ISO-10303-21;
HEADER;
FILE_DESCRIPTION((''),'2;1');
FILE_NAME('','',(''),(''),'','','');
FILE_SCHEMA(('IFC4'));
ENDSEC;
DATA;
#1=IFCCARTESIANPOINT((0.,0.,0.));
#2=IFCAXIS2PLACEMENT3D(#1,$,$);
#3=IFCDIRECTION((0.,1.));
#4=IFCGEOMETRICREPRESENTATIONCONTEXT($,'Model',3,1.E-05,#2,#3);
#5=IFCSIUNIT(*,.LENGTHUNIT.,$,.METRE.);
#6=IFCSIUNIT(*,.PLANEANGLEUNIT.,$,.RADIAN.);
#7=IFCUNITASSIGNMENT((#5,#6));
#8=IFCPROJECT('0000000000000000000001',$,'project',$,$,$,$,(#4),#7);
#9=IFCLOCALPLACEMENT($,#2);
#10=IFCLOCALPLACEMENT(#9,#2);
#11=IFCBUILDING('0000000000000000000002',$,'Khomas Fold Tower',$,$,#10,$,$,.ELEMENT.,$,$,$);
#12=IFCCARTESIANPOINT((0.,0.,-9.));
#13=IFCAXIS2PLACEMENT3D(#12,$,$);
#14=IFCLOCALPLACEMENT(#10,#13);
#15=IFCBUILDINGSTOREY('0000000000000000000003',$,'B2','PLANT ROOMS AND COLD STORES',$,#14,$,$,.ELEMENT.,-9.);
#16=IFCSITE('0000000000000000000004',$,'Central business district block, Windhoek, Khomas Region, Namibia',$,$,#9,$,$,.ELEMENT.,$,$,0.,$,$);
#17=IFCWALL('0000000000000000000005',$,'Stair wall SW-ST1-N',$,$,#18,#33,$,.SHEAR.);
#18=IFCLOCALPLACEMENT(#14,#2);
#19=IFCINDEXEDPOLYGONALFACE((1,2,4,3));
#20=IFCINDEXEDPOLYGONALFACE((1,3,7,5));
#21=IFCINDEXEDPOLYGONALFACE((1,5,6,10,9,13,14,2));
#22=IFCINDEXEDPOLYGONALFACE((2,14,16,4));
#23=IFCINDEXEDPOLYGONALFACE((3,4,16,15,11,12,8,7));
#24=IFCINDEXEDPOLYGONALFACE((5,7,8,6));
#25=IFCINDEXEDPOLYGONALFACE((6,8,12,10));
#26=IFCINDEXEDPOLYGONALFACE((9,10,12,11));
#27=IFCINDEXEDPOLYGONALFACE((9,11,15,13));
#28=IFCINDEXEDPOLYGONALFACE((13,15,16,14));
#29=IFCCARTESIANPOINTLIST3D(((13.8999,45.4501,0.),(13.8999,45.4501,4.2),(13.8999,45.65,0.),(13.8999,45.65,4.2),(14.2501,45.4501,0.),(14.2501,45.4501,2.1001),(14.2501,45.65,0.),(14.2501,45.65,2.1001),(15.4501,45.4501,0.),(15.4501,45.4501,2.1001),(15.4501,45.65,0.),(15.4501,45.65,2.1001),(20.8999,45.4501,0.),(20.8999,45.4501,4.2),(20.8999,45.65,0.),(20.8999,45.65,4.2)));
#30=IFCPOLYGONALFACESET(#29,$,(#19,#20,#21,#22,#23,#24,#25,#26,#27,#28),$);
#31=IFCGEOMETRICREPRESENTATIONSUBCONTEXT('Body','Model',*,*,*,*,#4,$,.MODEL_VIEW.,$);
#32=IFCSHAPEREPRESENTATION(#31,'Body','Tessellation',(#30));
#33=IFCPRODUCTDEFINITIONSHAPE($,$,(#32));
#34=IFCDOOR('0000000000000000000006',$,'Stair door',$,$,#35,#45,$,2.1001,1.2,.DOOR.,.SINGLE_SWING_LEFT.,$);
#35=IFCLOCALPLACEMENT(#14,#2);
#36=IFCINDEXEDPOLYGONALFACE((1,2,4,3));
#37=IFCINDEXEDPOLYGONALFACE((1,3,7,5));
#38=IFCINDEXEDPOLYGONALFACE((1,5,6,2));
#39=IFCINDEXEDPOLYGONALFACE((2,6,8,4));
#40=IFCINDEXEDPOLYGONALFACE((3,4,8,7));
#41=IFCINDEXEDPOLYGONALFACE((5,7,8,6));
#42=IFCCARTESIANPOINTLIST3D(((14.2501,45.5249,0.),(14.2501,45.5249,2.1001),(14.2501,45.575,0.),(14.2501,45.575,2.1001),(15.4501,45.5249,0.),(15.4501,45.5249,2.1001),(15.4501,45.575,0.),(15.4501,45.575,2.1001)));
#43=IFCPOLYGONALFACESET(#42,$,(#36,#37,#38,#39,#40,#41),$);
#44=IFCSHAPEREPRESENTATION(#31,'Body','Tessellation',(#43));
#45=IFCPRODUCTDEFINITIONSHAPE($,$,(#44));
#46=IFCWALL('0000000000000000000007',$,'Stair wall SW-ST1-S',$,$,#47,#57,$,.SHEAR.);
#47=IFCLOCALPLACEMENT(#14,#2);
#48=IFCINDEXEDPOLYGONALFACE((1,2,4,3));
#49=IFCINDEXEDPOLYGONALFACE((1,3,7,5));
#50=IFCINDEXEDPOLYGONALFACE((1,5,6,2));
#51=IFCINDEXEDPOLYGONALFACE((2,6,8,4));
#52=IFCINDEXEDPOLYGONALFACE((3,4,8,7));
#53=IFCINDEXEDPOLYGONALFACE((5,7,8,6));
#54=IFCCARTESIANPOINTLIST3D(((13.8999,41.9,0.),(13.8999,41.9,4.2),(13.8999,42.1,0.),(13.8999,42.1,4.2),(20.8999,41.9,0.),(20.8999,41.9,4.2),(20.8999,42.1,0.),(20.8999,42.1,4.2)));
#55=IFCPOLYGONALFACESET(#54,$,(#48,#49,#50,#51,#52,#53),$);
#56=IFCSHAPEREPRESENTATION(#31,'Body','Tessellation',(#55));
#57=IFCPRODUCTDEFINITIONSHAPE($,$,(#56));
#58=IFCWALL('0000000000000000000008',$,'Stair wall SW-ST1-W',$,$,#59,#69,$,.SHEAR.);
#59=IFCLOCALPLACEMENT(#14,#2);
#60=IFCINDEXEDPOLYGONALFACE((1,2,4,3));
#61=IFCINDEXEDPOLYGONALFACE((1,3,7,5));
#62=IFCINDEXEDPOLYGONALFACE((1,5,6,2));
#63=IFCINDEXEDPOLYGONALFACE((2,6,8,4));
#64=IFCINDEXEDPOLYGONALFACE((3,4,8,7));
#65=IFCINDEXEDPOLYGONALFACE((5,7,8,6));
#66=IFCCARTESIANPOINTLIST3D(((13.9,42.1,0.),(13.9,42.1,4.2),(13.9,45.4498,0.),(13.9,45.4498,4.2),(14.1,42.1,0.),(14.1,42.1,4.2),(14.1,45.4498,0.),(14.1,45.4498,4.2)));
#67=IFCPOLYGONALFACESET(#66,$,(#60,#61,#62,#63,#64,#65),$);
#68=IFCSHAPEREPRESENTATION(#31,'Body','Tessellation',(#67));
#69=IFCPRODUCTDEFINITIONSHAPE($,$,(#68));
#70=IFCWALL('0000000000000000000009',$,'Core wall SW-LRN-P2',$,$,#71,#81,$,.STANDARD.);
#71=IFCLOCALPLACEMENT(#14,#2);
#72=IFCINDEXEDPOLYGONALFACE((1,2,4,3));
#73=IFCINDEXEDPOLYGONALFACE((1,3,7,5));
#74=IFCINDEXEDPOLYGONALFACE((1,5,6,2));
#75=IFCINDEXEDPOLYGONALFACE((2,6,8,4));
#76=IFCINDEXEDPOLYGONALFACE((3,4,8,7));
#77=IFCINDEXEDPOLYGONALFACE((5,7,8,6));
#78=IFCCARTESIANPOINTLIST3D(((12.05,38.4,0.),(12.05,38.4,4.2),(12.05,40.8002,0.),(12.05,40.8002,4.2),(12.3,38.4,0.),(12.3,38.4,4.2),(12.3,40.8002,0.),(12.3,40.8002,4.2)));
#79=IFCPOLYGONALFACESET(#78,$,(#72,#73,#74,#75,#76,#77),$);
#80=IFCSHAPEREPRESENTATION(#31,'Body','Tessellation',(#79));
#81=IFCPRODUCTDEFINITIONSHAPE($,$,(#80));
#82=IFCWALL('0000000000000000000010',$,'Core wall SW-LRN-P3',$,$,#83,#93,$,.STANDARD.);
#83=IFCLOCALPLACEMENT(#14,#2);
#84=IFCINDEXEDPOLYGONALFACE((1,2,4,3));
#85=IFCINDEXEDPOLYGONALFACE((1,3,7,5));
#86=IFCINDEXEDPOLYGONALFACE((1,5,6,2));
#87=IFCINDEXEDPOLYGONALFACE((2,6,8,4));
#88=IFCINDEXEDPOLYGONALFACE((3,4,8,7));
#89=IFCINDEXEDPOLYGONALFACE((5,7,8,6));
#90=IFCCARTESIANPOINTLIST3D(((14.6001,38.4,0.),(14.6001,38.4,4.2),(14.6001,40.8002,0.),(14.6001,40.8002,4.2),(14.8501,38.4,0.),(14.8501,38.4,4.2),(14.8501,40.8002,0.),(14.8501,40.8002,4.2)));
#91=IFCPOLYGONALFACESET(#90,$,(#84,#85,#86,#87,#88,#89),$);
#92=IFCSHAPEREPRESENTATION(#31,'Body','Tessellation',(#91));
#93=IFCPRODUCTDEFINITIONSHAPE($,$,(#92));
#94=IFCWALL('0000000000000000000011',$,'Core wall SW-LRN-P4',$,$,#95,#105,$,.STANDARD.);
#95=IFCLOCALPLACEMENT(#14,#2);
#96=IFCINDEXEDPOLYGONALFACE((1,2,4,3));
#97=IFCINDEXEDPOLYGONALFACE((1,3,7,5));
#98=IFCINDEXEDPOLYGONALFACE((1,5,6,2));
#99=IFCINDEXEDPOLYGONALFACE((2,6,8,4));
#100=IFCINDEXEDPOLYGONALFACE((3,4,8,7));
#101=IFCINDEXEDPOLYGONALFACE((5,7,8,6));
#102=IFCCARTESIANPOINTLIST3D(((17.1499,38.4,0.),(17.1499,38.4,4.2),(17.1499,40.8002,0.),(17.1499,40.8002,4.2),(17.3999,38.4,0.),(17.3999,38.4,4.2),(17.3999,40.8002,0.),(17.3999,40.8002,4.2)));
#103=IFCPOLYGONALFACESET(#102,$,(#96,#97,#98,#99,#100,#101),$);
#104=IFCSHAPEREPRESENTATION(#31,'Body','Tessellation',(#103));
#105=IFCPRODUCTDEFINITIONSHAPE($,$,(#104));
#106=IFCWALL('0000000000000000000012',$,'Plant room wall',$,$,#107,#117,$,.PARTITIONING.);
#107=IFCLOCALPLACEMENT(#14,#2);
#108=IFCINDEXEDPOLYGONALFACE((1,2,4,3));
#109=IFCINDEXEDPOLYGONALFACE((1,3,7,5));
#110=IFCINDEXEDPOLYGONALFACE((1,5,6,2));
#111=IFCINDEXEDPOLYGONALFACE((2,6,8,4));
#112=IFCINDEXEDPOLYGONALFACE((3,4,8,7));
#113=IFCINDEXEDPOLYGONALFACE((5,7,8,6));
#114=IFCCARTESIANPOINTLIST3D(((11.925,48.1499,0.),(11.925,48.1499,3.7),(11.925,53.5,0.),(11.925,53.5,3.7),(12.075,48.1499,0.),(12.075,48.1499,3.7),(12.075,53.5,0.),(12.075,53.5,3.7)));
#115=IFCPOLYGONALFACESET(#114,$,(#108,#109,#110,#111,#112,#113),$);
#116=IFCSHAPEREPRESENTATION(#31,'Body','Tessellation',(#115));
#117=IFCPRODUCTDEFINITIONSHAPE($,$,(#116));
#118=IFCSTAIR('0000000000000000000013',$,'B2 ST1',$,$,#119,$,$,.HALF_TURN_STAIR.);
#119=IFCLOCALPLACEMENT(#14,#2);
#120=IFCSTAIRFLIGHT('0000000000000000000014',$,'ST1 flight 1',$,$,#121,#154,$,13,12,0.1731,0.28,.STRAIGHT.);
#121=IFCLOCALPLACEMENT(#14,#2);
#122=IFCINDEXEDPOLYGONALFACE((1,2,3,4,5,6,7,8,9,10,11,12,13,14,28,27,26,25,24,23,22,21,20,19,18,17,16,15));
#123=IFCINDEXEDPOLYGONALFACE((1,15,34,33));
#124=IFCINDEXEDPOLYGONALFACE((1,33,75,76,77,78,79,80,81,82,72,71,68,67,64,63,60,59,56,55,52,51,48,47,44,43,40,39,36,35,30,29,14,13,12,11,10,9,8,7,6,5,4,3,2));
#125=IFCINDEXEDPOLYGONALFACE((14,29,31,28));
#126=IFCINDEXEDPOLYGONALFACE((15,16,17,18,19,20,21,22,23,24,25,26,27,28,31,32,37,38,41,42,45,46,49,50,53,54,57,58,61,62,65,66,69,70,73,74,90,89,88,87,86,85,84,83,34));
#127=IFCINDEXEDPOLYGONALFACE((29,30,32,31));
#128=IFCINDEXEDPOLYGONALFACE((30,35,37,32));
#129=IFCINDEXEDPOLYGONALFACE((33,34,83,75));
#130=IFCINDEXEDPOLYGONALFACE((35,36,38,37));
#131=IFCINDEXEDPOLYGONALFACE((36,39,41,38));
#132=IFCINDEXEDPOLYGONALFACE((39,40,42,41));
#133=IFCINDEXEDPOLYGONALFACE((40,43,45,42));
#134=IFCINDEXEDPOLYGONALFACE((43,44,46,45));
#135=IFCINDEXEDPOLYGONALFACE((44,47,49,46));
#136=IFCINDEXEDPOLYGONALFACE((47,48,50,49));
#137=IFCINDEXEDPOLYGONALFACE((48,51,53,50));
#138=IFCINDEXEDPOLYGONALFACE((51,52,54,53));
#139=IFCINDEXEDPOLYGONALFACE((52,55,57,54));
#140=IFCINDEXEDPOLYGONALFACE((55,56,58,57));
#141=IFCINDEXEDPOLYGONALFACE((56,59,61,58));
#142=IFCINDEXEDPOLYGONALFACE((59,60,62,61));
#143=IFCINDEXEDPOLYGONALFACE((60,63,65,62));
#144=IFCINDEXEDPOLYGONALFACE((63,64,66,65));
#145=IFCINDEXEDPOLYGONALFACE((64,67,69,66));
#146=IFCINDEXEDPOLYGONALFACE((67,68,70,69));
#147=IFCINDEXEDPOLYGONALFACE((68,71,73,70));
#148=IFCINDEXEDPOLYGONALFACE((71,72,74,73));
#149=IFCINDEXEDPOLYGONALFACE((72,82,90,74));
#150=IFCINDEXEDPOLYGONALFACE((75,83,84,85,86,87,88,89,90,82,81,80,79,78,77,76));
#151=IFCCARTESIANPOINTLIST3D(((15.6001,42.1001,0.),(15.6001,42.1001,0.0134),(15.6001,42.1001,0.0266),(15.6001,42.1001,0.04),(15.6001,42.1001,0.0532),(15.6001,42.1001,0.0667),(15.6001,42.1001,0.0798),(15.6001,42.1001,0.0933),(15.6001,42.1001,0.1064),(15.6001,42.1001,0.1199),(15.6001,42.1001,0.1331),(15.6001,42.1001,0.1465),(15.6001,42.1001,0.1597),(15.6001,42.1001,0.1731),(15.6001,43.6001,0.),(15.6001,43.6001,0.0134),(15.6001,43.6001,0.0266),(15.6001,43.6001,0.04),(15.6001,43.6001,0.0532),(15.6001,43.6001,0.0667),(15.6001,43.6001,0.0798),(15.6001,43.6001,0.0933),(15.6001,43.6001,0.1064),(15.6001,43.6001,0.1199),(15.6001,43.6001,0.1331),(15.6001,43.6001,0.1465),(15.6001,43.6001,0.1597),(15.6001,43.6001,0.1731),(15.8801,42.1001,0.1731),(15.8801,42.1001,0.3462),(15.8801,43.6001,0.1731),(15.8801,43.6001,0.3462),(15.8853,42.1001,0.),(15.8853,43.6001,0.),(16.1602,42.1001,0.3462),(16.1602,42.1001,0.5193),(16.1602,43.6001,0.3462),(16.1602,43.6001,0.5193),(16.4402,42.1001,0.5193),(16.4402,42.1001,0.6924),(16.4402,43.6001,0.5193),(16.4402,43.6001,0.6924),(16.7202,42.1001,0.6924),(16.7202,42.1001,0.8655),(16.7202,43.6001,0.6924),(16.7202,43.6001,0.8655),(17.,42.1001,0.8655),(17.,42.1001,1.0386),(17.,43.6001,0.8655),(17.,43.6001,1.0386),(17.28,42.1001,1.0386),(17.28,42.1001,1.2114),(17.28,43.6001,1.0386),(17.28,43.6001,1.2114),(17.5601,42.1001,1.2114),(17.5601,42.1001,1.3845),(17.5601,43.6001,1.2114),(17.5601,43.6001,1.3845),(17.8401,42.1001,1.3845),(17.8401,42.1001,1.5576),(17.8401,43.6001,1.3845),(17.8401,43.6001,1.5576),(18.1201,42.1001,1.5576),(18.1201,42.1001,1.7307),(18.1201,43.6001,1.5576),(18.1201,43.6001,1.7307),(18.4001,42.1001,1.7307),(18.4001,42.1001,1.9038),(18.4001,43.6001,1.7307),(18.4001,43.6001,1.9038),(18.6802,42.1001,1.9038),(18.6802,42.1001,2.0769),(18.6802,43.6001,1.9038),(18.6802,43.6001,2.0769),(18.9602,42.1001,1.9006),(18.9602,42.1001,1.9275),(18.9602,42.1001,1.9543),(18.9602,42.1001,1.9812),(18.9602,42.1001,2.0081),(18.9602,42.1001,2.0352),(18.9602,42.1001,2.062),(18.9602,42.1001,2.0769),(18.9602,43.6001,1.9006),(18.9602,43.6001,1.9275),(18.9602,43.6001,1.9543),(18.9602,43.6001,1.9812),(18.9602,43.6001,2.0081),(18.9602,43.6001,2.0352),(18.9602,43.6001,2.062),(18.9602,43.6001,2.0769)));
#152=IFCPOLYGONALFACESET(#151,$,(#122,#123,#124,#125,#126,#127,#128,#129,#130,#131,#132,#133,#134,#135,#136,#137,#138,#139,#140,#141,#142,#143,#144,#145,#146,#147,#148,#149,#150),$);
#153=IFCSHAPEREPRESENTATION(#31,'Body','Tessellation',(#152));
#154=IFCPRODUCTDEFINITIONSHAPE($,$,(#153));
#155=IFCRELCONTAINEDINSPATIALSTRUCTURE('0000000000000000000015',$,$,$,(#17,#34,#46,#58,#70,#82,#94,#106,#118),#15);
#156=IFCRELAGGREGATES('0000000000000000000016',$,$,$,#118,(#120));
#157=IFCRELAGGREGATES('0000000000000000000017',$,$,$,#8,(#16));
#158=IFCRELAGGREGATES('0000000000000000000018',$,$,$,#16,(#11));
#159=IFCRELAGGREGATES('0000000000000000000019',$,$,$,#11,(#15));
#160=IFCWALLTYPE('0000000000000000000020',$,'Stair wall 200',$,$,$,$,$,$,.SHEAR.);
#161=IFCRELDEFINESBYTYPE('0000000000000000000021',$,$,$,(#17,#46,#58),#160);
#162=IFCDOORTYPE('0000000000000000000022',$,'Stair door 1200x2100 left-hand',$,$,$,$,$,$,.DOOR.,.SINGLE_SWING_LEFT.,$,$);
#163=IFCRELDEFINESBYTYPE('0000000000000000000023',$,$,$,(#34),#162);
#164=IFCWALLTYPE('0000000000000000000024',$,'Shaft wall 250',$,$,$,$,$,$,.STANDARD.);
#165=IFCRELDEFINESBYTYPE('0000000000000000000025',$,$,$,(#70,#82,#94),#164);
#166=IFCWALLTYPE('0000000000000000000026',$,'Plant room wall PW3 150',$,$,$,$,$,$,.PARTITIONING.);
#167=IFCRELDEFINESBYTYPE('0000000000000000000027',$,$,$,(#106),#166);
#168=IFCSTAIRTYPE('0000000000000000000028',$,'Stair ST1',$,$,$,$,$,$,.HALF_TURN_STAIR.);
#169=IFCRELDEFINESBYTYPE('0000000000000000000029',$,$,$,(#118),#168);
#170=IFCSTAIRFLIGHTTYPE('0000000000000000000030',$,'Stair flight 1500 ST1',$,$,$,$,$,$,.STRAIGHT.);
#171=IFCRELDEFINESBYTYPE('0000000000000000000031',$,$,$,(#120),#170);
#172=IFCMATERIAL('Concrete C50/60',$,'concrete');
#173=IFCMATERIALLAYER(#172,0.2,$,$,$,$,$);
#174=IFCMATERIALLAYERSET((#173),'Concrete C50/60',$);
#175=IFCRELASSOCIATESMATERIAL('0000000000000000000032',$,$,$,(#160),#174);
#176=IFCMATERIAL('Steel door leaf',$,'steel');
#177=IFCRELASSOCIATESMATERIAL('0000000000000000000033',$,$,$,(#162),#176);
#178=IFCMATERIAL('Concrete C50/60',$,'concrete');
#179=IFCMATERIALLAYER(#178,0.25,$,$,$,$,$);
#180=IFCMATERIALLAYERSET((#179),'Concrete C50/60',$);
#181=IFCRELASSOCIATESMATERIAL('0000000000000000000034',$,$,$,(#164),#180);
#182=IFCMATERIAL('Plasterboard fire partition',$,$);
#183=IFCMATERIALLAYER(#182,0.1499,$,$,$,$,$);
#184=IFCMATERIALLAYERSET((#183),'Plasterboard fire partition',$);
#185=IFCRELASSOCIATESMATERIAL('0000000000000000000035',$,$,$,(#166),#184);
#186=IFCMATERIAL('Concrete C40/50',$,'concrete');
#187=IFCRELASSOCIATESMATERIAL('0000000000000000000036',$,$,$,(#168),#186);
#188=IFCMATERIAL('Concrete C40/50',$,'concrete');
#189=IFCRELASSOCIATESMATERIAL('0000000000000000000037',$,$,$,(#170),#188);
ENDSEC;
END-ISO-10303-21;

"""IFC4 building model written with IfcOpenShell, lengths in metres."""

from ifc_helpers import new_model, si_unit, direction, frame, frame_2d, origin, place, context, subcontext, project, spatial, polyline, rectangle, outline, extrude, source, transform, mapped, material, layer, layer_set, type_object, element, fill, aggregate, save


model = new_model("IFC4")

# Units and contexts
model_context = context("Model", 3, precision=1e-05, world=origin(), true_north=direction((0.0, 1.0)))
body_context = subcontext(model_context, "Body", "Model", "MODEL_VIEW")
ifc_project = project(units=[si_unit("LENGTHUNIT", "METRE"), si_unit("PLANEANGLEUNIT", "RADIAN")], contexts=[model_context])

# Site, building, storey
site_placement = place(None, origin())
site = spatial("IfcSite", under=ifc_project, at=site_placement, Name="Central business district block, Windhoek, Khomas Region, Namibia", CompositionType="ELEMENT", RefElevation=0.0)
building_placement = place(site_placement, origin())
building = spatial("IfcBuilding", under=site, at=building_placement, Name="Khomas Fold Tower", CompositionType="ELEMENT")
storey_placement = place(building_placement, frame((0.0, 0.0, -9.0)))
storey = spatial("IfcBuildingStorey", under=building, at=storey_placement, Name="B2", Description="PLANT ROOMS AND COLD STORES", CompositionType="ELEMENT", Elevation=-9.0)

# Wall, opening, door
ifc_material_1 = material(Name="Concrete C50/60", Category="concrete")
ifc_layer_1 = layer(ifc_material_1, 0.2)
ifc_layer_set_1 = layer_set([ifc_layer_1], Name="Concrete C50/60")
wall_type_1 = type_object("IfcWallType", Name="Stair wall 200", PredefinedType="SHEAR", material=ifc_layer_set_1)
shared_shape_1 = source(origin(), body_context, "Body", "SweptSolid", [
    extrude(rectangle(XDim=7.0, YDim=0.2, at=frame_2d((3.5, 0.0))), origin(), (0.0, 0.0, 1.0), 4.2),
])
wall_1_placement = place(storey_placement, frame((13.8999, 45.55, 0.0), z_axis=(0.0, 0.0, 1.0), x_axis=(1.0, 0.0, 0.0)))
wall_1 = element("IfcWall", 1, at=wall_1_placement, inside=storey, type_object=wall_type_1, Name="Stair wall SW-ST1-N", PredefinedType="SHEAR", context=body_context, shape_type="MappedRepresentation", body=[
    mapped(shared_shape_1, transform((0.0, 0.0, 0.0))),
])
shared_shape_2 = source(origin(), body_context, "Body", "SweptSolid", [
    extrude(rectangle(XDim=1.2, YDim=2.1001, at=frame_2d((0.6001, 1.05))), frame((0.0, 0.1099, 0.0), z_axis=(0.0, -1.0, 0.0), x_axis=(1.0, 0.0, 0.0)), (0.0, 0.0, 1.0), 0.22),
])
opening_placement = place(wall_1_placement, frame((0.3501, 0.0, 0.0)))
opening = element("IfcOpeningElement", 2, at=opening_placement, cuts=wall_1, PredefinedType="OPENING", context=body_context, shape_type="MappedRepresentation", body=[
    mapped(shared_shape_2, transform((0.0, 0.0, 0.0))),
])
ifc_material_2 = material(Name="Steel door leaf", Category="steel")
door_type = type_object("IfcDoorType", Name="Stair door 1200x2100 left-hand", OperationType="SINGLE_SWING_LEFT", PredefinedType="DOOR", material=ifc_material_2)
shared_shape_3 = source(origin(), body_context, "Body", "SweptSolid", [
    extrude(rectangle(XDim=1.2, YDim=2.1001, at=frame_2d((0.6001, 1.05))), frame((0.0, 0.0249, 0.0), z_axis=(0.0, -1.0, 0.0), x_axis=(1.0, 0.0, 0.0)), (0.0, 0.0, 1.0), 0.05),
])
door_placement = place(opening_placement, origin())
door = element("IfcDoor", 3, at=door_placement, inside=storey, type_object=door_type, Name="Stair door", OperationType="SINGLE_SWING_LEFT", OverallHeight=2.1001, OverallWidth=1.2, PredefinedType="DOOR", context=body_context, shape_type="MappedRepresentation", body=[
    mapped(shared_shape_3, transform((0.0, 0.0, 0.0))),
])
fill(opening, door)

# Walls
wall_2_placement = place(storey_placement, frame((13.8999, 42.0, 0.0), z_axis=(0.0, 0.0, 1.0), x_axis=(1.0, 0.0, 0.0)))
element("IfcWall", 4, at=wall_2_placement, inside=storey, type_object=wall_type_1, Name="Stair wall SW-ST1-S", PredefinedType="SHEAR", context=body_context, shape_type="MappedRepresentation", body=[
    mapped(shared_shape_1, transform((0.0, 0.0, 0.0))),
])
shared_shape_4 = source(origin(), body_context, "Body", "SweptSolid", [
    extrude(rectangle(XDim=3.3499, YDim=0.2, at=frame_2d((1.6748, 0.0))), origin(), (0.0, 0.0, 1.0), 4.2),
])
wall_3_placement = place(storey_placement, frame((14.0, 42.1001, 0.0), z_axis=(0.0, 0.0, 1.0), x_axis=(0.0, 1.0, 0.0)))
element("IfcWall", 5, at=wall_3_placement, inside=storey, type_object=wall_type_1, Name="Stair wall SW-ST1-W", PredefinedType="SHEAR", context=body_context, shape_type="MappedRepresentation", body=[
    mapped(shared_shape_4, transform((0.0, 0.0, 0.0))),
])
ifc_material_3 = material(Name="Concrete C50/60", Category="concrete")
ifc_layer_2 = layer(ifc_material_3, 0.25)
ifc_layer_set_2 = layer_set([ifc_layer_2], Name="Concrete C50/60")
wall_type_2 = type_object("IfcWallType", Name="Shaft wall 250", PredefinedType="STANDARD", material=ifc_layer_set_2)
shared_shape_5 = source(origin(), body_context, "Body", "SweptSolid", [
    extrude(rectangle(XDim=2.4001, YDim=0.25, at=frame_2d((1.2002, 0.0))), origin(), (0.0, 0.0, 1.0), 4.2),
])
for number, where, z_axis, x_axis, name in (
    (6, (12.175, 38.3999, 0.0), (0.0, 0.0, 1.0), (0.0, 1.0, 0.0), "Core wall SW-LRN-P2"),
    (7, (14.7251, 38.3999, 0.0), (0.0, 0.0, 1.0), (0.0, 1.0, 0.0), "Core wall SW-LRN-P3"),
    (8, (17.2749, 38.3999, 0.0), (0.0, 0.0, 1.0), (0.0, 1.0, 0.0), "Core wall SW-LRN-P4"),
):
    element("IfcWall", number, at=place(storey_placement, frame(where, z_axis=z_axis, x_axis=x_axis)), inside=storey, type_object=wall_type_2, Name=name, PredefinedType="STANDARD", context=body_context, shape_type="MappedRepresentation", body=[
        mapped(shared_shape_5, transform((0.0, 0.0, 0.0))),
    ])
ifc_material_4 = material(Name="Plasterboard fire partition")
ifc_layer_3 = layer(ifc_material_4, 0.1499)
ifc_layer_set_3 = layer_set([ifc_layer_3], Name="Plasterboard fire partition")
wall_type_3 = type_object("IfcWallType", Name="Plant room wall PW3 150", PredefinedType="PARTITIONING", material=ifc_layer_set_3)
shared_shape_6 = source(origin(), body_context, "Body", "SweptSolid", [
    extrude(rectangle(XDim=5.3501, YDim=0.1499, at=frame_2d((2.675, 0.0))), origin(), (0.0, 0.0, 1.0), 3.7),
])
wall_4_placement = place(storey_placement, frame((12.0, 48.1499, 0.0), z_axis=(0.0, 0.0, 1.0), x_axis=(0.0, 1.0, 0.0)))
element("IfcWall", 9, at=wall_4_placement, inside=storey, type_object=wall_type_3, Name="Plant room wall", PredefinedType="PARTITIONING", context=body_context, shape_type="MappedRepresentation", body=[
    mapped(shared_shape_6, transform((0.0, 0.0, 0.0))),
])

# Stair, stair flight
ifc_material_5 = material(Name="Concrete C40/50", Category="concrete")
stair_type = type_object("IfcStairType", Name="Stair ST1", PredefinedType="HALF_TURN_STAIR", material=ifc_material_5)
stair_placement = place(storey_placement, origin())
stair = element("IfcStair", 10, at=stair_placement, inside=storey, type_object=stair_type, Name="B2 ST1", PredefinedType="HALF_TURN_STAIR")
ifc_material_6 = material(Name="Concrete C40/50", Category="concrete")
stair_flight_type = type_object("IfcStairFlightType", Name="Stair flight 1500 ST1", PredefinedType="STRAIGHT", material=ifc_material_6)
shared_shape_7 = source(origin(), body_context, "Body", "SweptSolid", [
    extrude(outline(polyline([(0.0, 0.0), (0.0, 0.0134), (0.0, 0.0266), (0.0, 0.04), (0.0, 0.0532), (0.0, 0.0667), (0.0, 0.0798), (0.0, 0.0933), (0.0, 0.1064), (0.0, 0.1199), (0.0, 0.1331), (0.0, 0.1465), (0.0, 0.1597), (0.0, 0.1731), (0.28, 0.1731), (0.28, 0.3462), (0.5601, 0.3462), (0.5601, 0.5193), (0.8401, 0.5193), (0.8401, 0.6924), (1.1201, 0.6924), (1.1201, 0.8655), (1.3999, 0.8655), (1.3999, 1.0386), (1.6799, 1.0386), (1.6799, 1.2114), (1.96, 1.2114), (1.96, 1.3845), (2.24, 1.3845), (2.24, 1.5576), (2.52, 1.5576), (2.52, 1.7307), (2.8, 1.7307), (2.8, 1.9038), (3.0801, 1.9038), (3.0801, 2.0769), (3.3601, 2.0769), (3.3601, 2.25), (3.3601, 2.2231), (3.3601, 2.1963), (3.3601, 2.1694), (3.3601, 2.1426), (3.3601, 2.1157), (3.3601, 2.0889), (3.3601, 2.062), (3.3601, 2.0352), (3.3601, 2.0081), (3.3601, 1.9812), (3.3601, 1.9543), (3.3601, 1.9275), (3.3601, 1.9006), (0.2852, 0.0), (0.0, 0.0)])), frame((0.0, 0.75, 0.0), z_axis=(0.0, -1.0, 0.0), x_axis=(1.0, 0.0, 0.0)), (0.0, 0.0, 1.0), 1.5),
])
stair_flight_1_placement = place(storey_placement, frame((15.6001, 42.8501, 0.0), z_axis=(0.0, 0.0, 1.0), x_axis=(1.0, 0.0, 0.0)))
stair_flight_1 = element("IfcStairFlight", 11, at=stair_flight_1_placement, type_object=stair_flight_type, Name="ST1 flight 1", NumberOfRisers=13, NumberOfTreads=12, PredefinedType="STRAIGHT", RiserHeight=0.1731, TreadLength=0.28, context=body_context, shape_type="MappedRepresentation", body=[
    mapped(shared_shape_7, transform((0.0, 0.0, 0.0))),
])
aggregate(stair, [stair_flight_1])

save(model, "model.ifc")
